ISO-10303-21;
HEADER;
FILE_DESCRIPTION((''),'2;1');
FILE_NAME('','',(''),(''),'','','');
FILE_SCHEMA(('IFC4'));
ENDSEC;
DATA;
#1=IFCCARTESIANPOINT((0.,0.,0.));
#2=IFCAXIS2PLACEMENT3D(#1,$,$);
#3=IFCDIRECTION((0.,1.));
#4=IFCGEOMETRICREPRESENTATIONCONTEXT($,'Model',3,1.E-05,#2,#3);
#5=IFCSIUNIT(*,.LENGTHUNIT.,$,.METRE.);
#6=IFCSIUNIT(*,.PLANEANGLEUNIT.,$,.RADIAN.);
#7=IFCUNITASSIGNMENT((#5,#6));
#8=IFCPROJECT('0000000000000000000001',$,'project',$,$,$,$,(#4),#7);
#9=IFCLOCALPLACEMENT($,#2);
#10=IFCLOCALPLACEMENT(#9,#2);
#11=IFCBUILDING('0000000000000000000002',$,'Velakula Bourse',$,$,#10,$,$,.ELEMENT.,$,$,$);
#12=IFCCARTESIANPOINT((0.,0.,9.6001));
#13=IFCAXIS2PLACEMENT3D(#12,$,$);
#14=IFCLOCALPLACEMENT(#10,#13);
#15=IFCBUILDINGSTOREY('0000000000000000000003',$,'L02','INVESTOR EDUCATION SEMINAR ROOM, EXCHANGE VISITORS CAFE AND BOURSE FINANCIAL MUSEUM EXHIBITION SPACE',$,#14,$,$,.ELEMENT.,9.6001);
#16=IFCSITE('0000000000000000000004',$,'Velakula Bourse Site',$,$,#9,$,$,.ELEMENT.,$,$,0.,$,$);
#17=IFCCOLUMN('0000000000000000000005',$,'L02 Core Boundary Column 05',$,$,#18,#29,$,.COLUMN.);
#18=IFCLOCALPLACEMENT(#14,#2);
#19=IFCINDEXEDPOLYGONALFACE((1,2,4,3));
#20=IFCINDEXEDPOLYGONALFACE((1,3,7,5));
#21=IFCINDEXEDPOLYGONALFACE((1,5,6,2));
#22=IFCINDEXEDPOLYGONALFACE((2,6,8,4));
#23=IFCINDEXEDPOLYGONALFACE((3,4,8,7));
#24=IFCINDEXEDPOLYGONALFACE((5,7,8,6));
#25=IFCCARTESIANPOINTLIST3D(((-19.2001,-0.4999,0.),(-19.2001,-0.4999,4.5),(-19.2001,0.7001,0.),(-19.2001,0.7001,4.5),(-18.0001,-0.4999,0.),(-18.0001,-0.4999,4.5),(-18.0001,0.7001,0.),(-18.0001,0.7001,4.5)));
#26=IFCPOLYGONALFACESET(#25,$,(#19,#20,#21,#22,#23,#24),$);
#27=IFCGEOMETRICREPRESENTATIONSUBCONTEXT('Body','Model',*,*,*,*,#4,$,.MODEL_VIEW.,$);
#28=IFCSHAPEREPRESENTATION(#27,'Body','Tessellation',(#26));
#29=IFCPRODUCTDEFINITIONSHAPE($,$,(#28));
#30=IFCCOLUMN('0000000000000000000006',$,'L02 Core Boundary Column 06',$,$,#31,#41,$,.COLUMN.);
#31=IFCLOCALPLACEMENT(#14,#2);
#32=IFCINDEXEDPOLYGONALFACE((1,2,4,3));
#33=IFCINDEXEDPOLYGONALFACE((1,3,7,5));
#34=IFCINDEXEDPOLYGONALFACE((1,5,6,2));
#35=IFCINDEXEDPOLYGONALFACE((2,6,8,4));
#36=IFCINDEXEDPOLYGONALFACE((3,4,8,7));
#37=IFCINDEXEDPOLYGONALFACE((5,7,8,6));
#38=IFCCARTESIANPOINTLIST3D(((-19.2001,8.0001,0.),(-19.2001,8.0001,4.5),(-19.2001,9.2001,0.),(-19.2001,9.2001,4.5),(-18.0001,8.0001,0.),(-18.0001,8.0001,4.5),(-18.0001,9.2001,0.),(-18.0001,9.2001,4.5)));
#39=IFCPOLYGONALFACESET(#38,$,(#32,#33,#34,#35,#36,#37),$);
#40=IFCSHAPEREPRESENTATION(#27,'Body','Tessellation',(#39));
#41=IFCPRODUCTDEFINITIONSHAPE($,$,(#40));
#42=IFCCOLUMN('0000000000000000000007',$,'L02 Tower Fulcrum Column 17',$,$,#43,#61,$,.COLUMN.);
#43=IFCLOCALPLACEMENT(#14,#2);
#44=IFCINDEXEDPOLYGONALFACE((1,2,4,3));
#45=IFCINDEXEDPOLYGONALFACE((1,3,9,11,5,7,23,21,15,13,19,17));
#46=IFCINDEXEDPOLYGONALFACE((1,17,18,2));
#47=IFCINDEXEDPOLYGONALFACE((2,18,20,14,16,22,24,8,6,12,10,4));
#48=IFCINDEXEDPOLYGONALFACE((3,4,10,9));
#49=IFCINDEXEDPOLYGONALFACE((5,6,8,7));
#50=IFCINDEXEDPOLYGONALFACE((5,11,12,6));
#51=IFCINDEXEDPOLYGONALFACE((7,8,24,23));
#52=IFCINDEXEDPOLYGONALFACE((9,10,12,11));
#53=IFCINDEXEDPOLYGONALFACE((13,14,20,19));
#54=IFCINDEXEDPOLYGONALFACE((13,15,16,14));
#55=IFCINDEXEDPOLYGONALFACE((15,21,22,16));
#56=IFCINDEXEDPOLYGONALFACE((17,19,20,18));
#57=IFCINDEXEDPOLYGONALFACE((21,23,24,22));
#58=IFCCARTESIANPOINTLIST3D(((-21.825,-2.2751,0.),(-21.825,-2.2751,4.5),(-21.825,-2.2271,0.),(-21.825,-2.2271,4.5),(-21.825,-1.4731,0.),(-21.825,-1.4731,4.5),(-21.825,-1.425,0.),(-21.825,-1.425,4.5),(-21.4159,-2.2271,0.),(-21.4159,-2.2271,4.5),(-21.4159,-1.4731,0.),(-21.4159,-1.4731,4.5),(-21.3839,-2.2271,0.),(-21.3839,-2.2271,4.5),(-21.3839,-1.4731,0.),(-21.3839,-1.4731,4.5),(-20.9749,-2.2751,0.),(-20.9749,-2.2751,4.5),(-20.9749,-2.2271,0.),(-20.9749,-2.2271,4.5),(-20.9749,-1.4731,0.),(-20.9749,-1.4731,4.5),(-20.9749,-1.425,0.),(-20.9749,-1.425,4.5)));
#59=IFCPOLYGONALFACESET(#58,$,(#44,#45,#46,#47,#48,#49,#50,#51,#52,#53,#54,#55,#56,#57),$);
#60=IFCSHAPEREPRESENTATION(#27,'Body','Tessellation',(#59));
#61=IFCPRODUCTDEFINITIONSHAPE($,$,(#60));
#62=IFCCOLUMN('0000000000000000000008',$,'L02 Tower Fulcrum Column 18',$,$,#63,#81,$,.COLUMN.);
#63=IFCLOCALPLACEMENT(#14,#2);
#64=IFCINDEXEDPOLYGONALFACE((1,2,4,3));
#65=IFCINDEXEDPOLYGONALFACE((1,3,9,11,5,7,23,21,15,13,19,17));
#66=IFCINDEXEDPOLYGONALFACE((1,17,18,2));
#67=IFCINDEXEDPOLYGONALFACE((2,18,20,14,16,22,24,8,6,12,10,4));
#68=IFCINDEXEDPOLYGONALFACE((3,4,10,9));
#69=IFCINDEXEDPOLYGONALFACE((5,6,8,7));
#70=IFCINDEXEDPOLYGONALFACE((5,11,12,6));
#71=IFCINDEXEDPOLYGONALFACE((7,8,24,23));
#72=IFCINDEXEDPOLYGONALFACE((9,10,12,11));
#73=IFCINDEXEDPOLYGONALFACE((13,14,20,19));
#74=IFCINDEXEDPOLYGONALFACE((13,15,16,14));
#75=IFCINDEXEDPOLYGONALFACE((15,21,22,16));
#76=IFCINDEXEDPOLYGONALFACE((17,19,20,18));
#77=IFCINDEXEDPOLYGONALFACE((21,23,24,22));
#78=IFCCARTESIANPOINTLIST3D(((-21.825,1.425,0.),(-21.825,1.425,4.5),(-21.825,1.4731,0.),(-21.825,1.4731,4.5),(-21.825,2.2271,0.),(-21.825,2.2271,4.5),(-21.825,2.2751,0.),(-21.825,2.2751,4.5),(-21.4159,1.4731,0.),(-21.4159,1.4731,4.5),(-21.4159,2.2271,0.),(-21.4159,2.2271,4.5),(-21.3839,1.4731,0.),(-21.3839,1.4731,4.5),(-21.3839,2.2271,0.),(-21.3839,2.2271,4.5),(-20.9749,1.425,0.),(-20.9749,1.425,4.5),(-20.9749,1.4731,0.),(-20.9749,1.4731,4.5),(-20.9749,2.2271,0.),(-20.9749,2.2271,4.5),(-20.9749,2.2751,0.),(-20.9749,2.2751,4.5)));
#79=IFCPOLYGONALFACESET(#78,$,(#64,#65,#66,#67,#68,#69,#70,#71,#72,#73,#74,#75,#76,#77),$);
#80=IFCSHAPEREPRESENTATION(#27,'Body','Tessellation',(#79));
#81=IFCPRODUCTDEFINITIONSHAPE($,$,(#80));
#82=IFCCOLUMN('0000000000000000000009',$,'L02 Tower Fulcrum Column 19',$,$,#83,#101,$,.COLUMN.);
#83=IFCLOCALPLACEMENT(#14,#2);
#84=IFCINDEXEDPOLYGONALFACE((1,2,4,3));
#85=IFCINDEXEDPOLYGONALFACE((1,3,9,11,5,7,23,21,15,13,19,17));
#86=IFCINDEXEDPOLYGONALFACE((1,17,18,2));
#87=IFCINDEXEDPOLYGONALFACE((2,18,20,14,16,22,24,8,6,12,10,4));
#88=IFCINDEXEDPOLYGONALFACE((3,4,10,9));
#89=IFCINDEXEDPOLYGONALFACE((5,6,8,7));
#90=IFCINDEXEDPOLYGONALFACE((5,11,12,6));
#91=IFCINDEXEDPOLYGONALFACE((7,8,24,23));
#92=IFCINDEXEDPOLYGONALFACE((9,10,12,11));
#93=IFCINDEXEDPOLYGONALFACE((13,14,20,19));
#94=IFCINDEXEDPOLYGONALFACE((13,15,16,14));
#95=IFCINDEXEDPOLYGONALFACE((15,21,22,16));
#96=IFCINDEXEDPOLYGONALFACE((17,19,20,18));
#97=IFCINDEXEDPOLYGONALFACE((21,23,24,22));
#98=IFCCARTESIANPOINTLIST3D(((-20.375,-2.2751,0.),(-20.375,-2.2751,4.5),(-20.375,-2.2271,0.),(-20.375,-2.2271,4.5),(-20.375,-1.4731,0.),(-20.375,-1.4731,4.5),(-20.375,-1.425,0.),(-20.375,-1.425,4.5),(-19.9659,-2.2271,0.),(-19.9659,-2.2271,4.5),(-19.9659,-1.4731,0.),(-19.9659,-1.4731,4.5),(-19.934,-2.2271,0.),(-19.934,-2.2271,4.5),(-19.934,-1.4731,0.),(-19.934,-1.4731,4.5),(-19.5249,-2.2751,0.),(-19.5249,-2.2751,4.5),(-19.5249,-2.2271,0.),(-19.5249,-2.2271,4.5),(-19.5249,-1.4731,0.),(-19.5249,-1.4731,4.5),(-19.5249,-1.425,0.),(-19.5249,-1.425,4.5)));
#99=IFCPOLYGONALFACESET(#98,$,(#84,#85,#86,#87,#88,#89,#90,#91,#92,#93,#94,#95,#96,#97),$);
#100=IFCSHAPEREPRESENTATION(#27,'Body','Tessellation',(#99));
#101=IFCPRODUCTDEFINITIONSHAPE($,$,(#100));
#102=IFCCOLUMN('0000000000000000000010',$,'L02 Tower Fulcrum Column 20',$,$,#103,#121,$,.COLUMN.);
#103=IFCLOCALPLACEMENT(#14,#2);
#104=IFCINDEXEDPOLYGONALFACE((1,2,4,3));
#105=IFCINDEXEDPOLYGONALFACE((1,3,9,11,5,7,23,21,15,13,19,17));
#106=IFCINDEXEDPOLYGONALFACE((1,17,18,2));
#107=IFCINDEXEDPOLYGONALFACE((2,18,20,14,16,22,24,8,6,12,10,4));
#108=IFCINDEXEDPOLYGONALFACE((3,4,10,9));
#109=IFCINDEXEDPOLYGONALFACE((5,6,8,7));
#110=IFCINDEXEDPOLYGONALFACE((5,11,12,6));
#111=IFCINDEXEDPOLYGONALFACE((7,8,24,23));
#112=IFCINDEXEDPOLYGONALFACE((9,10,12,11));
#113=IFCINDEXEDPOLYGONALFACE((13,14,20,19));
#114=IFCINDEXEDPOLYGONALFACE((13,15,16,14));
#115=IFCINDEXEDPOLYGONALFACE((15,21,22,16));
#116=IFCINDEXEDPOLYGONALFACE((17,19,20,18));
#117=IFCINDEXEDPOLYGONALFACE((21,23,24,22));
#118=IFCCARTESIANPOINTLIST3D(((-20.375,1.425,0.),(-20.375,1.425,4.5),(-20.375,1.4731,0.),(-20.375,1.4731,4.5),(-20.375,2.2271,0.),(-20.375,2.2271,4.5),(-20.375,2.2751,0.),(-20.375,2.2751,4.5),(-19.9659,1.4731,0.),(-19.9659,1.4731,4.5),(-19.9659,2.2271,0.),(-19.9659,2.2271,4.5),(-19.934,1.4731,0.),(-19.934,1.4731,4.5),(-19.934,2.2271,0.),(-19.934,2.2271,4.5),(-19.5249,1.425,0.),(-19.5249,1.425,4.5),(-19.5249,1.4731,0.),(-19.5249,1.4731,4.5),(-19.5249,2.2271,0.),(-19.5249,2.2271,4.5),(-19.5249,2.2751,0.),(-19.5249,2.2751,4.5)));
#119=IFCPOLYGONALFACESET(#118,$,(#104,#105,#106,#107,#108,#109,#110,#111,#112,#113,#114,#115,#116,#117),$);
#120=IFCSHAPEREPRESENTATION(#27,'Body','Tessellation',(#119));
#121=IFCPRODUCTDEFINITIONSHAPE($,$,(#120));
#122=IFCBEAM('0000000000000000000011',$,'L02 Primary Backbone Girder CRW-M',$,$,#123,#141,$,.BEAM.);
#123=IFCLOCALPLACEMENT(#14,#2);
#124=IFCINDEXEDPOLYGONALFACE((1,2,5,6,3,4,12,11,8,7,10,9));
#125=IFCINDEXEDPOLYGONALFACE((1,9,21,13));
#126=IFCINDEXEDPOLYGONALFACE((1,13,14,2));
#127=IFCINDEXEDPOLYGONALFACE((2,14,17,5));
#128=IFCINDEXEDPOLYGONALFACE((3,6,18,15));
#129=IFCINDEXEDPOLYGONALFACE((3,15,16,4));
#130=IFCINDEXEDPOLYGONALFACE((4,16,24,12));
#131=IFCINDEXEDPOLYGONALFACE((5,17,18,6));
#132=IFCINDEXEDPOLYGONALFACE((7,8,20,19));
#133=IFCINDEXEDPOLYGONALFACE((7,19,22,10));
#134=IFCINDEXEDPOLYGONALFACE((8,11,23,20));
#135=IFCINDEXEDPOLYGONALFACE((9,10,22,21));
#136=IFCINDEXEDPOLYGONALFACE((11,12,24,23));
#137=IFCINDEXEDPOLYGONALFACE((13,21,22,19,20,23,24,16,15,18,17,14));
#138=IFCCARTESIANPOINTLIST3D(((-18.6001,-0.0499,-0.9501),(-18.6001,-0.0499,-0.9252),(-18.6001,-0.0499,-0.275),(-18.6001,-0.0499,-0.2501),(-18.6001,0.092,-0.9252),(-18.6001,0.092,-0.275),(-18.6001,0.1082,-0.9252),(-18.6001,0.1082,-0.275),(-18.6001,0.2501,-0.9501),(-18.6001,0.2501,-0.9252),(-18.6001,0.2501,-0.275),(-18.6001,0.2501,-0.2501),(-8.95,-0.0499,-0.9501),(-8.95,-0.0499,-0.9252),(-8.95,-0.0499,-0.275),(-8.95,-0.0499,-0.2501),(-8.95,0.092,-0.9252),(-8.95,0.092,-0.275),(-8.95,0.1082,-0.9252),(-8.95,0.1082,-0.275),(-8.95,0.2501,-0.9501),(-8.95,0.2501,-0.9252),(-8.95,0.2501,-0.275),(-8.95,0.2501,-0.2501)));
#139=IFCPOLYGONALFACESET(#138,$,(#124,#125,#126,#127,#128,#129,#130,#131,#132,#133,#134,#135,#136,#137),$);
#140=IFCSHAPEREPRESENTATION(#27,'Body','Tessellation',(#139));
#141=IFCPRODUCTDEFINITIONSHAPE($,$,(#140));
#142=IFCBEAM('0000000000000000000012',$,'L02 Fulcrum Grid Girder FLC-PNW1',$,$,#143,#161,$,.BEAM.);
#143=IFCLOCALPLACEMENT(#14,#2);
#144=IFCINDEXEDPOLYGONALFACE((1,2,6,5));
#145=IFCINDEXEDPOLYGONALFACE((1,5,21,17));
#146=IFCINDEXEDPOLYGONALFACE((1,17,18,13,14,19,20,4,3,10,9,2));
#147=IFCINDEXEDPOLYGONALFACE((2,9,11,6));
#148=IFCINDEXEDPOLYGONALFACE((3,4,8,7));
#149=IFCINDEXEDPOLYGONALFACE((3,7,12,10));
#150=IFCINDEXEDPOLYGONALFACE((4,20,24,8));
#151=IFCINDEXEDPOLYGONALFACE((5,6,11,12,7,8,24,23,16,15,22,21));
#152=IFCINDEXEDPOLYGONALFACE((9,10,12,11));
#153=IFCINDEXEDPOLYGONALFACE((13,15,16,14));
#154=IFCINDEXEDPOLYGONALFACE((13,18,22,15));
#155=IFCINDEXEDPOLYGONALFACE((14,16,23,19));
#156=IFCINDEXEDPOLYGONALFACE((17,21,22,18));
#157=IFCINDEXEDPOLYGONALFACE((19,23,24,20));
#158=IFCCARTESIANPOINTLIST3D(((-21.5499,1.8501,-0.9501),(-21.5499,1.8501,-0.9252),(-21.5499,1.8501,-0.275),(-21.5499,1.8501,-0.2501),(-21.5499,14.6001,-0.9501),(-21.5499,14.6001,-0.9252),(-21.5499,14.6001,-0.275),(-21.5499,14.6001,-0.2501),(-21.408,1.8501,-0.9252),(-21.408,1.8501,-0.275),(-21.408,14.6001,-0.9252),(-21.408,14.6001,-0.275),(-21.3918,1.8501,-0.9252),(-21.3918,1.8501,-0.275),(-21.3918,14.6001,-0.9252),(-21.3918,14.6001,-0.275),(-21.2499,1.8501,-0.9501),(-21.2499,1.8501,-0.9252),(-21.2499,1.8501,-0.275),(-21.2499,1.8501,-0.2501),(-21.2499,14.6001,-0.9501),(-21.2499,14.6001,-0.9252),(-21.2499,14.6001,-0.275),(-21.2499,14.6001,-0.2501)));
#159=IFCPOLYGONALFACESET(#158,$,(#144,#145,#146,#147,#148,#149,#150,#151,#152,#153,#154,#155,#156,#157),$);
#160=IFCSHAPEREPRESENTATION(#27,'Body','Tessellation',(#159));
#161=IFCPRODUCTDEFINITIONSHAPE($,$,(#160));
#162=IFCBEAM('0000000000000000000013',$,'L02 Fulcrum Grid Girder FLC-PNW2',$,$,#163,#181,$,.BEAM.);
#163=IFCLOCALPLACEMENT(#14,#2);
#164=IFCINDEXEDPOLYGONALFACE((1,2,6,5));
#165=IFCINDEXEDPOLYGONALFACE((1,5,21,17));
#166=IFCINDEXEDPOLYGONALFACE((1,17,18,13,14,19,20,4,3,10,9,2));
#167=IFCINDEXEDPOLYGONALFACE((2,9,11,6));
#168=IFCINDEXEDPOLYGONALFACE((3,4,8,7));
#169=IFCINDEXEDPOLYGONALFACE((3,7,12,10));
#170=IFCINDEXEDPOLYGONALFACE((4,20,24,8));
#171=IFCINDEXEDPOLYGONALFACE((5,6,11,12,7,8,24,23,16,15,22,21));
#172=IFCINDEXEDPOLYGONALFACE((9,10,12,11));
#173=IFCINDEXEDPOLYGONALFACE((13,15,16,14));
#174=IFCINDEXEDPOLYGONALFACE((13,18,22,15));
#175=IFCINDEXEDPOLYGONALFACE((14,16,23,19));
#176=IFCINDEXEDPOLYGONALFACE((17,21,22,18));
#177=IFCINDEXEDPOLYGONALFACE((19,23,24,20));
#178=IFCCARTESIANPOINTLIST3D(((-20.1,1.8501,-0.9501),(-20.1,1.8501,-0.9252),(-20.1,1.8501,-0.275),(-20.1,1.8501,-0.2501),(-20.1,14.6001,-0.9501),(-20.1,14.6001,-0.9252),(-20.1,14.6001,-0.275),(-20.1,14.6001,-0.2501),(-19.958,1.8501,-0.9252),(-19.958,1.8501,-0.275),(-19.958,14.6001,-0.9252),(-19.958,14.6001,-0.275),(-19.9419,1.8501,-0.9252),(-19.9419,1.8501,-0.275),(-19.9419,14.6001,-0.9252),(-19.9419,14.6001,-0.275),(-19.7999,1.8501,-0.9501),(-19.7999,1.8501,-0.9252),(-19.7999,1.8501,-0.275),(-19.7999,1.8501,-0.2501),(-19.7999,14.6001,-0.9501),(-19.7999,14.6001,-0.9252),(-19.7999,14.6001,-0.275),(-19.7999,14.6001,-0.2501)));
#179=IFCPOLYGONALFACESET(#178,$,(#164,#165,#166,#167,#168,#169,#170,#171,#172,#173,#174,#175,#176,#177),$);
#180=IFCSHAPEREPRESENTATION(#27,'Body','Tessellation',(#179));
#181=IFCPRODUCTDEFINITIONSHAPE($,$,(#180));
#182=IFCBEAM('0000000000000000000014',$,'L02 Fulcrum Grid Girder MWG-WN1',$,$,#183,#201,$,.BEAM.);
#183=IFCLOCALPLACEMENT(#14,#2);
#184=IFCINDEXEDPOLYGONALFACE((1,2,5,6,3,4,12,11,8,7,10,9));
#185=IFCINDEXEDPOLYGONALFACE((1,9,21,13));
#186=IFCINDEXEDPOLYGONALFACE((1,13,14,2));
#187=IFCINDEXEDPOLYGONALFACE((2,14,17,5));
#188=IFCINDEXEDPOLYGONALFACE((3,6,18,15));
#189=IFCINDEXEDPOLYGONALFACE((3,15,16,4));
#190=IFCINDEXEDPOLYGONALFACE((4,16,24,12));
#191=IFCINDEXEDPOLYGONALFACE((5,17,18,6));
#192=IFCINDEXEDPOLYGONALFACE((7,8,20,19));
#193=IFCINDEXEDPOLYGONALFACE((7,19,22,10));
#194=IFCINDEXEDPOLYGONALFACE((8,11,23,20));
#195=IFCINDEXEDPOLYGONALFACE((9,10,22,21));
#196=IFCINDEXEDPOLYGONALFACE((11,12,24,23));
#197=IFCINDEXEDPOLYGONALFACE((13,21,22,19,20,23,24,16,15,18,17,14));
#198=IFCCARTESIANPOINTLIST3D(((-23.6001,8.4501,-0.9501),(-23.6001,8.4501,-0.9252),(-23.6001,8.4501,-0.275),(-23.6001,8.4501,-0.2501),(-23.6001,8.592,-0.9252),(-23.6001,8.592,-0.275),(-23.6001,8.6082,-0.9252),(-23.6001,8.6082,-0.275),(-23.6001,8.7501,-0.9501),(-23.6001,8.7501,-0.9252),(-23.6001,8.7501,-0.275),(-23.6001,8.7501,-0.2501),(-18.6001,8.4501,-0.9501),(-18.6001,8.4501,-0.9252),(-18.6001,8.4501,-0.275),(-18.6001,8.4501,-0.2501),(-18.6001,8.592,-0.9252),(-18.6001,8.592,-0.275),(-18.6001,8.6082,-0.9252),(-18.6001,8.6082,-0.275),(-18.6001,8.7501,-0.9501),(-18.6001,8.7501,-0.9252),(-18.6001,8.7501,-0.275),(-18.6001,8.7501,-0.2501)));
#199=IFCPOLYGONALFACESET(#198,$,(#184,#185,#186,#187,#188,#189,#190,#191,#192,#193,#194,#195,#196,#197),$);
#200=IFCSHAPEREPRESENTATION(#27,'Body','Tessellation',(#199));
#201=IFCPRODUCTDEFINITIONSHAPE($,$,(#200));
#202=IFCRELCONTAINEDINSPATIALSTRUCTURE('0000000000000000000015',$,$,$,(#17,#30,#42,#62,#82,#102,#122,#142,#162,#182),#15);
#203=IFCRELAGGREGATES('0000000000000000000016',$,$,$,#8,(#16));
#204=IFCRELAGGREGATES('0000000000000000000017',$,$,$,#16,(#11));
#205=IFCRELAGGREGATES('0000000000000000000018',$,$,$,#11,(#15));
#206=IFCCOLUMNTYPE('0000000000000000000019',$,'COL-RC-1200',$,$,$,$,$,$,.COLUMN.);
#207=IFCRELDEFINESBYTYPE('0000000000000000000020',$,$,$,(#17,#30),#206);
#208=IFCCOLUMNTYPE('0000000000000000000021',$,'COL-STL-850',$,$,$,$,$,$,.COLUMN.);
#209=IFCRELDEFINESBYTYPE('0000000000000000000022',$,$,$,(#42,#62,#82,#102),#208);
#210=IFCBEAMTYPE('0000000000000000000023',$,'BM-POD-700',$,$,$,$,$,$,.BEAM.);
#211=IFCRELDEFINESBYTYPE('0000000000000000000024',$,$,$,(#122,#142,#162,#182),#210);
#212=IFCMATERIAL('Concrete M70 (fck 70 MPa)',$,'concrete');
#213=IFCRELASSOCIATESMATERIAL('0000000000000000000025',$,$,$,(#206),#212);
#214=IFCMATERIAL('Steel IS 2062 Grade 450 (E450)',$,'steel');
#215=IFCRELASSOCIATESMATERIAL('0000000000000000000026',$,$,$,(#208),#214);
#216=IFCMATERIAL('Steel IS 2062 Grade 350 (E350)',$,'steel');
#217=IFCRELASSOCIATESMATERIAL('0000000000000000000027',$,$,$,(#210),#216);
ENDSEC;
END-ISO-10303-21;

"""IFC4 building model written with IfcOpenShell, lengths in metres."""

from ifc_helpers import new_model, si_unit, direction, frame, origin, origin_2d, place, context, subcontext, project, spatial, rectangle, i_section, extrude, material, material_profile, profile_set, type_object, element, save


model = new_model("IFC4")

# Units and contexts
model_context = context("Model", 3, precision=1e-05, world=origin(), true_north=direction((0.0, 1.0)))
body_context = subcontext(model_context, "Body", "Model", "MODEL_VIEW")
ifc_project = project(units=[si_unit("LENGTHUNIT", "METRE"), si_unit("PLANEANGLEUNIT", "RADIAN")], contexts=[model_context])

# Site, building, storey
site_placement = place(None, origin())
site = spatial("IfcSite", under=ifc_project, at=site_placement, Name="Velakula Bourse Site", CompositionType="ELEMENT", RefElevation=0.0)
building_placement = place(site_placement, origin())
building = spatial("IfcBuilding", under=site, at=building_placement, Name="Velakula Bourse", CompositionType="ELEMENT")
storey_placement = place(building_placement, frame((0.0, 0.0, 9.6001)))
storey = spatial("IfcBuildingStorey", under=building, at=storey_placement, Name="L02", Description="INVESTOR EDUCATION SEMINAR ROOM, EXCHANGE VISITORS CAFE AND BOURSE FINANCIAL MUSEUM EXHIBITION SPACE", CompositionType="ELEMENT", Elevation=9.6001)

# Columns
ifc_material_1 = material(Name="Concrete M70 (fck 70 MPa)", Category="concrete")
ifc_material_profile_1 = material_profile(ifc_material_1, rectangle(XDim=1.2, YDim=1.2, at=origin_2d()), Name="Concrete M70 (fck 70 MPa)")
ifc_profile_set_1 = profile_set([ifc_material_profile_1], Name="Concrete M70 (fck 70 MPa)")
column_type_1 = type_object("IfcColumnType", Name="COL-RC-1200", PredefinedType="COLUMN", material=ifc_profile_set_1)
for number, where, z_axis, x_axis, name in (
    (1, (-18.6001, 0.1001, 0.0), (0.0, 0.0, 1.0), (1.0, 0.0, 0.0), "L02 Core Boundary Column 05"),
    (2, (-18.6001, 8.6001, 0.0), (0.0, 0.0, 1.0), (1.0, 0.0, 0.0), "L02 Core Boundary Column 06"),
):
    element("IfcColumn", number, at=place(storey_placement, frame(where, z_axis=z_axis, x_axis=x_axis)), inside=storey, type_object=column_type_1, Name=name, PredefinedType="COLUMN", context=body_context, shape_type="SweptSolid", body=[
        extrude(rectangle(XDim=1.2, YDim=1.2, at=origin_2d()), origin(), (0.0, 0.0, 1.0), 4.5),
    ])
ifc_material_2 = material(Name="Steel IS 2062 Grade 450 (E450)", Category="steel")
ifc_material_profile_2 = material_profile(ifc_material_2, i_section(OverallWidth=0.8501, OverallDepth=0.8501, WebThickness=0.032, FlangeThickness=0.0481, at=origin_2d()), Name="Steel IS 2062 Grade 450 (E450)")
ifc_profile_set_2 = profile_set([ifc_material_profile_2], Name="Steel IS 2062 Grade 450 (E450)")
column_type_2 = type_object("IfcColumnType", Name="COL-STL-850", PredefinedType="COLUMN", material=ifc_profile_set_2)
for number, where, z_axis, x_axis, name in (
    (3, (-21.3999, -1.8501, 0.0), (0.0, 0.0, 1.0), (1.0, 0.0, 0.0), "L02 Tower Fulcrum Column 17"),
    (4, (-21.3999, 1.8501, 0.0), (0.0, 0.0, 1.0), (1.0, 0.0, 0.0), "L02 Tower Fulcrum Column 18"),
    (5, (-19.95, -1.8501, 0.0), (0.0, 0.0, 1.0), (1.0, 0.0, 0.0), "L02 Tower Fulcrum Column 19"),
    (6, (-19.95, 1.8501, 0.0), (0.0, 0.0, 1.0), (1.0, 0.0, 0.0), "L02 Tower Fulcrum Column 20"),
):
    element("IfcColumn", number, at=place(storey_placement, frame(where, z_axis=z_axis, x_axis=x_axis)), inside=storey, type_object=column_type_2, Name=name, PredefinedType="COLUMN", context=body_context, shape_type="SweptSolid", body=[
        extrude(i_section(OverallWidth=0.8501, OverallDepth=0.8501, WebThickness=0.032, FlangeThickness=0.0481, at=origin_2d()), origin(), (0.0, 0.0, 1.0), 4.5),
    ])

# Beams
ifc_material_3 = material(Name="Steel IS 2062 Grade 350 (E350)", Category="steel")
ifc_material_profile_3 = material_profile(ifc_material_3, i_section(OverallWidth=0.3, OverallDepth=0.7, WebThickness=0.0161, FlangeThickness=0.0249, at=origin_2d()), Name="Steel IS 2062 Grade 350 (E350)")
ifc_profile_set_3 = profile_set([ifc_material_profile_3], Name="Steel IS 2062 Grade 350 (E350)")
beam_type_1 = type_object("IfcBeamType", Name="BM-POD-700", PredefinedType="BEAM", material=ifc_profile_set_3)
beam_1_placement = place(storey_placement, frame((-18.6001, 0.1001, -0.6001), z_axis=(1.0, 0.0, 0.0), x_axis=(0.0, 1.0, 0.0)))
element("IfcBeam", 7, at=beam_1_placement, inside=storey, type_object=beam_type_1, Name="L02 Primary Backbone Girder CRW-M", PredefinedType="BEAM", context=body_context, shape_type="SweptSolid", body=[
    extrude(i_section(OverallWidth=0.3, OverallDepth=0.7, WebThickness=0.0161, FlangeThickness=0.0249, at=origin_2d()), origin(), (0.0, 0.0, 1.0), 9.6501),
])
for number, where, z_axis, x_axis, name in (
    (8, (-21.3999, 1.8501, -0.6001), (0.0, 1.0, 0.0), (-1.0, 0.0, 0.0), "L02 Fulcrum Grid Girder FLC-PNW1"),
    (9, (-19.95, 1.8501, -0.6001), (0.0, 1.0, 0.0), (-1.0, 0.0, 0.0), "L02 Fulcrum Grid Girder FLC-PNW2"),
):
    element("IfcBeam", number, at=place(storey_placement, frame(where, z_axis=z_axis, x_axis=x_axis)), inside=storey, type_object=beam_type_1, Name=name, PredefinedType="BEAM", context=body_context, shape_type="SweptSolid", body=[
        extrude(i_section(OverallWidth=0.3, OverallDepth=0.7, WebThickness=0.0161, FlangeThickness=0.0249, at=origin_2d()), origin(), (0.0, 0.0, 1.0), 12.75),
    ])
beam_2_placement = place(storey_placement, frame((-23.6001, 8.6001, -0.6001), z_axis=(1.0, 0.0, 0.0), x_axis=(0.0, 1.0, 0.0)))
element("IfcBeam", 10, at=beam_2_placement, inside=storey, type_object=beam_type_1, Name="L02 Fulcrum Grid Girder MWG-WN1", PredefinedType="BEAM", context=body_context, shape_type="SweptSolid", body=[
    extrude(i_section(OverallWidth=0.3, OverallDepth=0.7, WebThickness=0.0161, FlangeThickness=0.0249, at=origin_2d()), origin(), (0.0, 0.0, 1.0), 5.0),
])

save(model, "model.ifc")
